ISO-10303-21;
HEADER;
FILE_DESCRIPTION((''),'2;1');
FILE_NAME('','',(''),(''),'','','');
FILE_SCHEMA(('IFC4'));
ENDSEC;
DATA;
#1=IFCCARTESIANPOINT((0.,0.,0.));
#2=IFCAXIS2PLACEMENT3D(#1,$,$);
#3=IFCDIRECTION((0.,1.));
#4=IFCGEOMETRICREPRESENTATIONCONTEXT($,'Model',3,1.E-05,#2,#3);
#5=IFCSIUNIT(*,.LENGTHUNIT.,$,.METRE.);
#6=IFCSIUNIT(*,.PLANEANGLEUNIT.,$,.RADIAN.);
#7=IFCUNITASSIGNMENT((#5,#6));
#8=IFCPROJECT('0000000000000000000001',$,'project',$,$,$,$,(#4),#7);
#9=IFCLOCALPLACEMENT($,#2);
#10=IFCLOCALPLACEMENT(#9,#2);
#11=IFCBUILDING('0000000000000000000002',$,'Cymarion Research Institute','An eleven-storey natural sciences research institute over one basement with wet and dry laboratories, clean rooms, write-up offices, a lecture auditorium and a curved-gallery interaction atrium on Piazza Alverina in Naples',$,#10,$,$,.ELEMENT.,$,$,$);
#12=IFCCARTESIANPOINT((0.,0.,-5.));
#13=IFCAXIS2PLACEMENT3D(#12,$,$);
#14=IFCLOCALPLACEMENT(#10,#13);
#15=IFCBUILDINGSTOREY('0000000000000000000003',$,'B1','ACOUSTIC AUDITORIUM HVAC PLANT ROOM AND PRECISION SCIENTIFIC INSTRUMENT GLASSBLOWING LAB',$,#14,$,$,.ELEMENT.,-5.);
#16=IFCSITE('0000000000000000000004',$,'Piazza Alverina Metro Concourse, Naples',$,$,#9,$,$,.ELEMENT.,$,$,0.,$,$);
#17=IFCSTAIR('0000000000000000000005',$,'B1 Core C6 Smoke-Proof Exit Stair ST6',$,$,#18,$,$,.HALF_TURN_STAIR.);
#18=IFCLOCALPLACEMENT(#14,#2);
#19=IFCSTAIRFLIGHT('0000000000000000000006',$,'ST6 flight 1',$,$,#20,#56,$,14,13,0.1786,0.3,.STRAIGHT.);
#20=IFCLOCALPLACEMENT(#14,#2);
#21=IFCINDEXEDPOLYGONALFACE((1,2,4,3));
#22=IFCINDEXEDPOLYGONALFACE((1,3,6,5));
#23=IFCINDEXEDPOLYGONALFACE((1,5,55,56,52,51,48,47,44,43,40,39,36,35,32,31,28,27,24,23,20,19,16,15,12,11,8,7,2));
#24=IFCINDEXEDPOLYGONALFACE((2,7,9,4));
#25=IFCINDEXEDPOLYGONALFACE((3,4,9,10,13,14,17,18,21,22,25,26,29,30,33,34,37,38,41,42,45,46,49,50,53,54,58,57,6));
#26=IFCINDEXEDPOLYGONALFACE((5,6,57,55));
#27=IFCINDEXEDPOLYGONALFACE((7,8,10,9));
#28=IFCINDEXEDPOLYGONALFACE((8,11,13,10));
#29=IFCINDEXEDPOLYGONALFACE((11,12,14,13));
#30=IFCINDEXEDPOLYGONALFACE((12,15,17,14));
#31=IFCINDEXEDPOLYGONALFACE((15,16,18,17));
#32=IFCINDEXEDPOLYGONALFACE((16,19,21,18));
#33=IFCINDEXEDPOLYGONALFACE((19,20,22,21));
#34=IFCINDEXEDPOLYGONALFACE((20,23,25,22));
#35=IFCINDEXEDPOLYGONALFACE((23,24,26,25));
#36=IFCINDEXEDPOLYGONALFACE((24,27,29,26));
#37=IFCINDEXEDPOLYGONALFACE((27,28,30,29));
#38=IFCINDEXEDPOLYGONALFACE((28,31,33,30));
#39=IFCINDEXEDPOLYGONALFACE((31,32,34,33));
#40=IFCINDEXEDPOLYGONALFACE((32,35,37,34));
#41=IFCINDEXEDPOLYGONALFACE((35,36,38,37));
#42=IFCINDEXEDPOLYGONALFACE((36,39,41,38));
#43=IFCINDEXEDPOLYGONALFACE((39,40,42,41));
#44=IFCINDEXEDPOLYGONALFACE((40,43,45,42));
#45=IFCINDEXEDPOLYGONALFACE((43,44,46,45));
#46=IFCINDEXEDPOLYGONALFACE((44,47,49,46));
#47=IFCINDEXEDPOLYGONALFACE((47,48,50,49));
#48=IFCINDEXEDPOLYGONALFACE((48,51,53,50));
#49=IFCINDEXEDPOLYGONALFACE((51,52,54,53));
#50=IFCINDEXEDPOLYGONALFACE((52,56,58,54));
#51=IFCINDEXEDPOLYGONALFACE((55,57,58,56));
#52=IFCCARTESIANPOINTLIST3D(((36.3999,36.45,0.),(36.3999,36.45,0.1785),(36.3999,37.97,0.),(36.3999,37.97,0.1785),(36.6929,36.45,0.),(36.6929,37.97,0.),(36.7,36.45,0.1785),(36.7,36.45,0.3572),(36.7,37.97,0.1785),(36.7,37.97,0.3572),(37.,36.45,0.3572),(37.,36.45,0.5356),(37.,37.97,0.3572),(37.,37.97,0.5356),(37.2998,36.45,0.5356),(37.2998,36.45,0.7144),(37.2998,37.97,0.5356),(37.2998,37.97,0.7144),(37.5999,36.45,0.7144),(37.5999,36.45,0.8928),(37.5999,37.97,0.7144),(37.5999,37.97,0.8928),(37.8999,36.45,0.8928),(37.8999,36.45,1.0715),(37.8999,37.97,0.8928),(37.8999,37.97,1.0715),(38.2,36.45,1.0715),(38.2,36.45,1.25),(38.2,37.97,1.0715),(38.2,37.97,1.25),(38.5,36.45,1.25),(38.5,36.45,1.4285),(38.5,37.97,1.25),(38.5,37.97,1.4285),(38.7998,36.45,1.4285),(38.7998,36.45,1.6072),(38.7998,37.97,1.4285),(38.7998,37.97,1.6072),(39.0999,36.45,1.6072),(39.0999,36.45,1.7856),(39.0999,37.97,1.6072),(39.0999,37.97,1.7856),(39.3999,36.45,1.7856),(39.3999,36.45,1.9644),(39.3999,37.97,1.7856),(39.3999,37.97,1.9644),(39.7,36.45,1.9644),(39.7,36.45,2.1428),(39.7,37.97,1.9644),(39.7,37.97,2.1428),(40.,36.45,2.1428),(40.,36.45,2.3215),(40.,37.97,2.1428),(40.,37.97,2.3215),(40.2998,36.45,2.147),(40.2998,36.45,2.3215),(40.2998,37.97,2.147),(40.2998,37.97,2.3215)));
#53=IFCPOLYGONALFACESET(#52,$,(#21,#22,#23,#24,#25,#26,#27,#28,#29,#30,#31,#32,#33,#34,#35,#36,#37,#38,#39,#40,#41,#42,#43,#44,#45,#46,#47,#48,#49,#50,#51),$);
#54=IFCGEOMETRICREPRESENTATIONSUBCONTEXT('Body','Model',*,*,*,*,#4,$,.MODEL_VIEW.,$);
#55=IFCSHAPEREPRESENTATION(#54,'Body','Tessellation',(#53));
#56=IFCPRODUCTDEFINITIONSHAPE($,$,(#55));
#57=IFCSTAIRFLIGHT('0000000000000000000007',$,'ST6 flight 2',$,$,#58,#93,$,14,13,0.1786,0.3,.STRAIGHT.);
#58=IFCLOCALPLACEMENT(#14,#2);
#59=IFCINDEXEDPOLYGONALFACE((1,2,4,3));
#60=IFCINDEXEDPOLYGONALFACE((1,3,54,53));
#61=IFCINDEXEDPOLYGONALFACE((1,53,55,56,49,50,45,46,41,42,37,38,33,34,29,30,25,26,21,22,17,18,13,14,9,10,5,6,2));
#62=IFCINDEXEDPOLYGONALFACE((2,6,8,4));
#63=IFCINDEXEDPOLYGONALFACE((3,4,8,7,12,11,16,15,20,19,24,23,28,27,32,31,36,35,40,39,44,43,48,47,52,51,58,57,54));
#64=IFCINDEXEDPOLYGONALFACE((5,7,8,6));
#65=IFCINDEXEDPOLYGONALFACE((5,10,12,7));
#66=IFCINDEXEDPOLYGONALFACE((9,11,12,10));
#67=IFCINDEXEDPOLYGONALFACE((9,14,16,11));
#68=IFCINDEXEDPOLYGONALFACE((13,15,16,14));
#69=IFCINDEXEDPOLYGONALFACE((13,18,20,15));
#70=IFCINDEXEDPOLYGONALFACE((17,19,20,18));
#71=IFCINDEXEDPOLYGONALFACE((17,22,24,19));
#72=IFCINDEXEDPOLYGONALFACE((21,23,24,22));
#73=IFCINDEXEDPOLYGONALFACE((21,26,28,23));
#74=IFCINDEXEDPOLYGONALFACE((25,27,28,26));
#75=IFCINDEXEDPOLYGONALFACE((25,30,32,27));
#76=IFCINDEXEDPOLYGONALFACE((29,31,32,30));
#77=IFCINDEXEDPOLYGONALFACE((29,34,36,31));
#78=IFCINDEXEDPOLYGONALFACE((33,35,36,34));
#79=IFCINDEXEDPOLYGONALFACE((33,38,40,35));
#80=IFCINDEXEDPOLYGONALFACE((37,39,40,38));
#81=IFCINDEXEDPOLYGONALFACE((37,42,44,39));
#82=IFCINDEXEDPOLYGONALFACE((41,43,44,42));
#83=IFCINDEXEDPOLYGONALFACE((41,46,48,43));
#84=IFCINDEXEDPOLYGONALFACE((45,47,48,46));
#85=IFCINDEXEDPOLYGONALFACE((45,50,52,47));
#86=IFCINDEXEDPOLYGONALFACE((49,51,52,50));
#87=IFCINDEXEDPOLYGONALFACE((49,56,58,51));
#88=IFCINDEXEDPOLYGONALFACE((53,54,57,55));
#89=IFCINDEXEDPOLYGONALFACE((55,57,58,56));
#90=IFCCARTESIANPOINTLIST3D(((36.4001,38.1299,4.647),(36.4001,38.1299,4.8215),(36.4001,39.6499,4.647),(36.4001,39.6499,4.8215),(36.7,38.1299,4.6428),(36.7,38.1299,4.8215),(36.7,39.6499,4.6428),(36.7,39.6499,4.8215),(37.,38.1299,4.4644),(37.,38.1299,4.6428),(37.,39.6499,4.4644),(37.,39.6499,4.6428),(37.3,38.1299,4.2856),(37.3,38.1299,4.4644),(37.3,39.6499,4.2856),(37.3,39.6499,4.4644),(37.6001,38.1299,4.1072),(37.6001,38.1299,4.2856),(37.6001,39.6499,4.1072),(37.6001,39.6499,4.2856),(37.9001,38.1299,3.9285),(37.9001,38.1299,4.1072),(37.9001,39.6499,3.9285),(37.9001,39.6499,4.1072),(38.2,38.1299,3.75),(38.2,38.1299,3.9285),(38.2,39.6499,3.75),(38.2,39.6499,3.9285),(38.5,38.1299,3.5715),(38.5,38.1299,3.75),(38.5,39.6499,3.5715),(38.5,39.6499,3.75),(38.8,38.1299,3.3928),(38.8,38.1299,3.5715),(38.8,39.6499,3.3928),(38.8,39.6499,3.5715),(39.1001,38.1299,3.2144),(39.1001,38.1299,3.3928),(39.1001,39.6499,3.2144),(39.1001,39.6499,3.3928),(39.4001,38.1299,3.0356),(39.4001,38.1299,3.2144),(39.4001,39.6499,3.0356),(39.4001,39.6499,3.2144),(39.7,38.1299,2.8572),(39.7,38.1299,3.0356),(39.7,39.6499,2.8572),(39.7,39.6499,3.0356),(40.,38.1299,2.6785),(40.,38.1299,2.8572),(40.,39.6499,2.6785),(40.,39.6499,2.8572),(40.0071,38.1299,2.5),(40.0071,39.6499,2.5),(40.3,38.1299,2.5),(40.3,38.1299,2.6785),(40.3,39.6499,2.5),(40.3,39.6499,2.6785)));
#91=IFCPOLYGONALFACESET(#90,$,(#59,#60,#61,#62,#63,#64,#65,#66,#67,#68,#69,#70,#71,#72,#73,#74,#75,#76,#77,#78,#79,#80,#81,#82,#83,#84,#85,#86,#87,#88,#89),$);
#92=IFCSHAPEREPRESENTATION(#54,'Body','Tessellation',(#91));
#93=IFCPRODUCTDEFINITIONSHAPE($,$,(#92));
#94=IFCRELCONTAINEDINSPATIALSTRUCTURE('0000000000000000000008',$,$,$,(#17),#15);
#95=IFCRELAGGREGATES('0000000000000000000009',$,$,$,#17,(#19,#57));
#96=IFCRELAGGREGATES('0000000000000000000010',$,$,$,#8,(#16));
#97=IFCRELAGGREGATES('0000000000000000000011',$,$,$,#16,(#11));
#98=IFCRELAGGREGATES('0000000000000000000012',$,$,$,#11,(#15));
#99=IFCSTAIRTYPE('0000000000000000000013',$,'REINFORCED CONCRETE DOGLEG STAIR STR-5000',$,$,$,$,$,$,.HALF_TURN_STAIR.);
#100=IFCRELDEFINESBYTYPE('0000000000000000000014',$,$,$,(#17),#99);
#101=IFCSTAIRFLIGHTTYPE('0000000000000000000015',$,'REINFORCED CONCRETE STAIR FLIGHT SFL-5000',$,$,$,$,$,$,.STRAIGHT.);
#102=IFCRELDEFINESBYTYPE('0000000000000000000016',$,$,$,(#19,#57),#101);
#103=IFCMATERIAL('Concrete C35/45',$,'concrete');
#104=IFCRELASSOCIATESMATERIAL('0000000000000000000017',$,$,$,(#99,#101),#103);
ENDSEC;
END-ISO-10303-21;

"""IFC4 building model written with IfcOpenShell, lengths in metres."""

from ifc_helpers import new_model, si_unit, direction, frame, origin, place, context, subcontext, project, spatial, polyline, outline, extrude, material, type_object, element, aggregate, save


model = new_model("IFC4")

# Units and contexts
model_context = context("Model", 3, precision=1e-05, world=origin(), true_north=direction((0.0, 1.0)))
body_context = subcontext(model_context, "Body", "Model", "MODEL_VIEW")
ifc_project = project(units=[si_unit("LENGTHUNIT", "METRE"), si_unit("PLANEANGLEUNIT", "RADIAN")], contexts=[model_context])

# Site, building, storey
site_placement = place(None, origin())
site = spatial("IfcSite", under=ifc_project, at=site_placement, Name="Piazza Alverina Metro Concourse, Naples", CompositionType="ELEMENT", RefElevation=0.0)
building_placement = place(site_placement, origin())
building = spatial("IfcBuilding", under=site, at=building_placement, Name="Cymarion Research Institute", Description="An eleven-storey natural sciences research institute over one basement with wet and dry laboratories, clean rooms, write-up offices, a lecture auditorium and a curved-gallery interaction atrium on Piazza Alverina in Naples", CompositionType="ELEMENT")
storey_placement = place(building_placement, frame((0.0, 0.0, -5.0)))
storey = spatial("IfcBuildingStorey", under=building, at=storey_placement, Name="B1", Description="ACOUSTIC AUDITORIUM HVAC PLANT ROOM AND PRECISION SCIENTIFIC INSTRUMENT GLASSBLOWING LAB", CompositionType="ELEMENT", Elevation=-5.0)

# Shared definitions
ifc_material_1 = material(Name="Concrete C35/45", Category="concrete")

# Stair, stair flights
stair_type = type_object("IfcStairType", Name="REINFORCED CONCRETE DOGLEG STAIR STR-5000", PredefinedType="HALF_TURN_STAIR", material=ifc_material_1)
stair_placement = place(storey_placement, origin())
stair = element("IfcStair", 1, at=stair_placement, inside=storey, type_object=stair_type, Name="B1 Core C6 Smoke-Proof Exit Stair ST6", PredefinedType="HALF_TURN_STAIR")
stair_flight_type = type_object("IfcStairFlightType", Name="REINFORCED CONCRETE STAIR FLIGHT SFL-5000", PredefinedType="STRAIGHT", material=ifc_material_1)
stair_flight_1_placement = place(storey_placement, frame((36.3999, 37.21, 0.0), z_axis=(0.0, 0.0, 1.0), x_axis=(1.0, 0.0, 0.0)))
stair_flight_1 = element("IfcStairFlight", 2, at=stair_flight_1_placement, type_object=stair_flight_type, Name="ST6 flight 1", NumberOfRisers=14, NumberOfTreads=13, PredefinedType="STRAIGHT", RiserHeight=0.1786, TreadLength=0.3, context=body_context, shape_type="SweptSolid", body=[
    extrude(outline(polyline([(0.0, 0.0), (0.0, 0.1785), (0.3, 0.1785), (0.3, 0.3572), (0.6001, 0.3572), (0.6001, 0.5356), (0.8999, 0.5356), (0.8999, 0.7144), (1.2, 0.7144), (1.2, 0.8928), (1.5, 0.8928), (1.5, 1.0715), (1.8, 1.0715), (1.8, 1.25), (2.1001, 1.25), (2.1001, 1.4285), (2.3999, 1.4285), (2.3999, 1.6072), (2.7, 1.6072), (2.7, 1.7856), (3.0, 1.7856), (3.0, 1.9644), (3.3, 1.9644), (3.3, 2.1428), (3.6001, 2.1428), (3.6001, 2.3215), (3.8999, 2.3215), (3.8999, 2.5), (3.8999, 2.147), (0.293, 0.0), (0.0, 0.0)])), frame((0.0, 0.76, 0.0), z_axis=(0.0, -1.0, 0.0), x_axis=(1.0, 0.0, 0.0)), (0.0, 0.0, 1.0), 1.52),
])
stair_flight_2_placement = place(storey_placement, frame((40.3, 38.8899, 2.5), z_axis=(0.0, 0.0, 1.0), x_axis=(-1.0, 0.0, 0.0)))
stair_flight_2 = element("IfcStairFlight", 3, at=stair_flight_2_placement, type_object=stair_flight_type, Name="ST6 flight 2", NumberOfRisers=14, NumberOfTreads=13, PredefinedType="STRAIGHT", RiserHeight=0.1786, TreadLength=0.3, context=body_context, shape_type="SweptSolid", body=[
    extrude(outline(polyline([(0.0, 0.0), (0.0, 0.1785), (0.3, 0.1785), (0.3, 0.3572), (0.6001, 0.3572), (0.6001, 0.5356), (0.8999, 0.5356), (0.8999, 0.7144), (1.2, 0.7144), (1.2, 0.8928), (1.5, 0.8928), (1.5, 1.0715), (1.8, 1.0715), (1.8, 1.25), (2.1001, 1.25), (2.1001, 1.4285), (2.3999, 1.4285), (2.3999, 1.6072), (2.7, 1.6072), (2.7, 1.7856), (3.0, 1.7856), (3.0, 1.9644), (3.3, 1.9644), (3.3, 2.1428), (3.6001, 2.1428), (3.6001, 2.3215), (3.8999, 2.3215), (3.8999, 2.5), (3.8999, 2.147), (0.293, 0.0), (0.0, 0.0)])), frame((0.0, 0.76, 0.0), z_axis=(0.0, -1.0, 0.0), x_axis=(1.0, 0.0, 0.0)), (0.0, 0.0, 1.0), 1.52),
])
aggregate(stair, [stair_flight_1, stair_flight_2])

save(model, "model.ifc")
